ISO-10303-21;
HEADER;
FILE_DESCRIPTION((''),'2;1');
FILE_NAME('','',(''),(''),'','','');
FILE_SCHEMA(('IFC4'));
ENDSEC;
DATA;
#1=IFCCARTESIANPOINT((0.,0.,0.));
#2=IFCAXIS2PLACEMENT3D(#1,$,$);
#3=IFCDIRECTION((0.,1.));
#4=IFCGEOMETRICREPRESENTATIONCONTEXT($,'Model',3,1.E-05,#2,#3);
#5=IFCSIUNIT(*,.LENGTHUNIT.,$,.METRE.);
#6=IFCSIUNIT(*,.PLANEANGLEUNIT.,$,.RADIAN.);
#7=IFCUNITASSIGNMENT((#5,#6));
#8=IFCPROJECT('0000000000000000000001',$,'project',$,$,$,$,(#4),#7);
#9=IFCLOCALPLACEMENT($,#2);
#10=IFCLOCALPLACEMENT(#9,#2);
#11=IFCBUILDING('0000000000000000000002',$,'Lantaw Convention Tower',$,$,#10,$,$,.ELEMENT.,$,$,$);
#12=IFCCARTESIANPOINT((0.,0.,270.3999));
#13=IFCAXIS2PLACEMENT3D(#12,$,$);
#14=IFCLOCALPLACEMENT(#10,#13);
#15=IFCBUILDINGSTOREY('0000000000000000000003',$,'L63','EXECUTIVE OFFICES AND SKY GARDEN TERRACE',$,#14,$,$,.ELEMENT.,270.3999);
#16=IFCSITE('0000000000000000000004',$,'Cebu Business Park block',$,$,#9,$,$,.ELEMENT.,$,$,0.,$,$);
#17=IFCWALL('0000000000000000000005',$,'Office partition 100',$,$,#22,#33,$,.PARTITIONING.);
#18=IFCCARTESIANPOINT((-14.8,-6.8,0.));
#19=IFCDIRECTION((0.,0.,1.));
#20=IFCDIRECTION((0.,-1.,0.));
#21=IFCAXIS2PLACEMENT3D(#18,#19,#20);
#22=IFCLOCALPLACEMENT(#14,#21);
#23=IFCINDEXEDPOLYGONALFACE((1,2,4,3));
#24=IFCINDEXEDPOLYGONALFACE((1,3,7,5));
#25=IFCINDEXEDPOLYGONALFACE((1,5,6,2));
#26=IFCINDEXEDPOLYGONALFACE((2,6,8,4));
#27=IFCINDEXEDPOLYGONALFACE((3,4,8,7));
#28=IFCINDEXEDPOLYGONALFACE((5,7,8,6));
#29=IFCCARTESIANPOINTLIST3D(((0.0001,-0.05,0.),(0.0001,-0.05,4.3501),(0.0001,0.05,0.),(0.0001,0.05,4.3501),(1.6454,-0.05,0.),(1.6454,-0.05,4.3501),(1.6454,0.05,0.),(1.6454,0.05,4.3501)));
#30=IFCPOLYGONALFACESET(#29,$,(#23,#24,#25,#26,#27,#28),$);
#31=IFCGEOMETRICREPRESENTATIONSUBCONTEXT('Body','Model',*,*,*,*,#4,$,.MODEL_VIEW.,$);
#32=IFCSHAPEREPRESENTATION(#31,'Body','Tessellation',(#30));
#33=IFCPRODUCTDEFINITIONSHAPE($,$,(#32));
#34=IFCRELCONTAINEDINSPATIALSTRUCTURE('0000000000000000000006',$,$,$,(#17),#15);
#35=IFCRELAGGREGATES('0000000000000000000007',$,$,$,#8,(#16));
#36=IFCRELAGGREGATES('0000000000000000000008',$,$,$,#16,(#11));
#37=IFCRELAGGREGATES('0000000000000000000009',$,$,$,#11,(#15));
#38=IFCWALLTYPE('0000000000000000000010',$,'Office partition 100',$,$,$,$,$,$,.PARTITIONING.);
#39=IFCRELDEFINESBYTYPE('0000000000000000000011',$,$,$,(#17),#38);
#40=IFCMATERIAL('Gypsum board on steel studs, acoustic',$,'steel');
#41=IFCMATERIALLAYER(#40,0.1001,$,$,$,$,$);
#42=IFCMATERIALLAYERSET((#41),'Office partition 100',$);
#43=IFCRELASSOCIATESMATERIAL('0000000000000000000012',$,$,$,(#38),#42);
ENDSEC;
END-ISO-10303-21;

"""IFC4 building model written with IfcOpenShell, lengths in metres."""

from ifc_helpers import new_model, si_unit, direction, frame, frame_2d, origin, place, context, subcontext, project, spatial, rectangle, extrude, material, layer, layer_set, type_object, element, save


model = new_model("IFC4")

# Units and contexts
model_context = context("Model", 3, precision=1e-05, world=origin(), true_north=direction((0.0, 1.0)))
body_context = subcontext(model_context, "Body", "Model", "MODEL_VIEW")
ifc_project = project(units=[si_unit("LENGTHUNIT", "METRE"), si_unit("PLANEANGLEUNIT", "RADIAN")], contexts=[model_context])

# Site, building, storey
site_placement = place(None, origin())
site = spatial("IfcSite", under=ifc_project, at=site_placement, Name="Cebu Business Park block", CompositionType="ELEMENT", RefElevation=0.0)
building_placement = place(site_placement, origin())
building = spatial("IfcBuilding", under=site, at=building_placement, Name="Lantaw Convention Tower", CompositionType="ELEMENT")
storey_placement = place(building_placement, frame((0.0, 0.0, 270.3999)))
storey = spatial("IfcBuildingStorey", under=building, at=storey_placement, Name="L63", Description="EXECUTIVE OFFICES AND SKY GARDEN TERRACE", CompositionType="ELEMENT", Elevation=270.3999)

# Wall
ifc_material_1 = material(Name="Gypsum board on steel studs, acoustic", Category="steel")
ifc_layer_1 = layer(ifc_material_1, 0.1001)
ifc_layer_set_1 = layer_set([ifc_layer_1], Name="Office partition 100")
wall_type_1 = type_object("IfcWallType", Name="Office partition 100", PredefinedType="PARTITIONING", material=ifc_layer_set_1)
wall_1_placement = place(storey_placement, frame((-14.8, -6.8, 0.0), z_axis=(0.0, 0.0, 1.0), x_axis=(0.0, -1.0, 0.0)))
element("IfcWall", 1, at=wall_1_placement, inside=storey, type_object=wall_type_1, Name="Office partition 100", PredefinedType="PARTITIONING", context=body_context, shape_type="SweptSolid", body=[
    extrude(rectangle(XDim=1.6453, YDim=0.1001, at=frame_2d((0.8228, 0.0))), origin(), (0.0, 0.0, 1.0), 4.3501),
])

save(model, "model.ifc")
